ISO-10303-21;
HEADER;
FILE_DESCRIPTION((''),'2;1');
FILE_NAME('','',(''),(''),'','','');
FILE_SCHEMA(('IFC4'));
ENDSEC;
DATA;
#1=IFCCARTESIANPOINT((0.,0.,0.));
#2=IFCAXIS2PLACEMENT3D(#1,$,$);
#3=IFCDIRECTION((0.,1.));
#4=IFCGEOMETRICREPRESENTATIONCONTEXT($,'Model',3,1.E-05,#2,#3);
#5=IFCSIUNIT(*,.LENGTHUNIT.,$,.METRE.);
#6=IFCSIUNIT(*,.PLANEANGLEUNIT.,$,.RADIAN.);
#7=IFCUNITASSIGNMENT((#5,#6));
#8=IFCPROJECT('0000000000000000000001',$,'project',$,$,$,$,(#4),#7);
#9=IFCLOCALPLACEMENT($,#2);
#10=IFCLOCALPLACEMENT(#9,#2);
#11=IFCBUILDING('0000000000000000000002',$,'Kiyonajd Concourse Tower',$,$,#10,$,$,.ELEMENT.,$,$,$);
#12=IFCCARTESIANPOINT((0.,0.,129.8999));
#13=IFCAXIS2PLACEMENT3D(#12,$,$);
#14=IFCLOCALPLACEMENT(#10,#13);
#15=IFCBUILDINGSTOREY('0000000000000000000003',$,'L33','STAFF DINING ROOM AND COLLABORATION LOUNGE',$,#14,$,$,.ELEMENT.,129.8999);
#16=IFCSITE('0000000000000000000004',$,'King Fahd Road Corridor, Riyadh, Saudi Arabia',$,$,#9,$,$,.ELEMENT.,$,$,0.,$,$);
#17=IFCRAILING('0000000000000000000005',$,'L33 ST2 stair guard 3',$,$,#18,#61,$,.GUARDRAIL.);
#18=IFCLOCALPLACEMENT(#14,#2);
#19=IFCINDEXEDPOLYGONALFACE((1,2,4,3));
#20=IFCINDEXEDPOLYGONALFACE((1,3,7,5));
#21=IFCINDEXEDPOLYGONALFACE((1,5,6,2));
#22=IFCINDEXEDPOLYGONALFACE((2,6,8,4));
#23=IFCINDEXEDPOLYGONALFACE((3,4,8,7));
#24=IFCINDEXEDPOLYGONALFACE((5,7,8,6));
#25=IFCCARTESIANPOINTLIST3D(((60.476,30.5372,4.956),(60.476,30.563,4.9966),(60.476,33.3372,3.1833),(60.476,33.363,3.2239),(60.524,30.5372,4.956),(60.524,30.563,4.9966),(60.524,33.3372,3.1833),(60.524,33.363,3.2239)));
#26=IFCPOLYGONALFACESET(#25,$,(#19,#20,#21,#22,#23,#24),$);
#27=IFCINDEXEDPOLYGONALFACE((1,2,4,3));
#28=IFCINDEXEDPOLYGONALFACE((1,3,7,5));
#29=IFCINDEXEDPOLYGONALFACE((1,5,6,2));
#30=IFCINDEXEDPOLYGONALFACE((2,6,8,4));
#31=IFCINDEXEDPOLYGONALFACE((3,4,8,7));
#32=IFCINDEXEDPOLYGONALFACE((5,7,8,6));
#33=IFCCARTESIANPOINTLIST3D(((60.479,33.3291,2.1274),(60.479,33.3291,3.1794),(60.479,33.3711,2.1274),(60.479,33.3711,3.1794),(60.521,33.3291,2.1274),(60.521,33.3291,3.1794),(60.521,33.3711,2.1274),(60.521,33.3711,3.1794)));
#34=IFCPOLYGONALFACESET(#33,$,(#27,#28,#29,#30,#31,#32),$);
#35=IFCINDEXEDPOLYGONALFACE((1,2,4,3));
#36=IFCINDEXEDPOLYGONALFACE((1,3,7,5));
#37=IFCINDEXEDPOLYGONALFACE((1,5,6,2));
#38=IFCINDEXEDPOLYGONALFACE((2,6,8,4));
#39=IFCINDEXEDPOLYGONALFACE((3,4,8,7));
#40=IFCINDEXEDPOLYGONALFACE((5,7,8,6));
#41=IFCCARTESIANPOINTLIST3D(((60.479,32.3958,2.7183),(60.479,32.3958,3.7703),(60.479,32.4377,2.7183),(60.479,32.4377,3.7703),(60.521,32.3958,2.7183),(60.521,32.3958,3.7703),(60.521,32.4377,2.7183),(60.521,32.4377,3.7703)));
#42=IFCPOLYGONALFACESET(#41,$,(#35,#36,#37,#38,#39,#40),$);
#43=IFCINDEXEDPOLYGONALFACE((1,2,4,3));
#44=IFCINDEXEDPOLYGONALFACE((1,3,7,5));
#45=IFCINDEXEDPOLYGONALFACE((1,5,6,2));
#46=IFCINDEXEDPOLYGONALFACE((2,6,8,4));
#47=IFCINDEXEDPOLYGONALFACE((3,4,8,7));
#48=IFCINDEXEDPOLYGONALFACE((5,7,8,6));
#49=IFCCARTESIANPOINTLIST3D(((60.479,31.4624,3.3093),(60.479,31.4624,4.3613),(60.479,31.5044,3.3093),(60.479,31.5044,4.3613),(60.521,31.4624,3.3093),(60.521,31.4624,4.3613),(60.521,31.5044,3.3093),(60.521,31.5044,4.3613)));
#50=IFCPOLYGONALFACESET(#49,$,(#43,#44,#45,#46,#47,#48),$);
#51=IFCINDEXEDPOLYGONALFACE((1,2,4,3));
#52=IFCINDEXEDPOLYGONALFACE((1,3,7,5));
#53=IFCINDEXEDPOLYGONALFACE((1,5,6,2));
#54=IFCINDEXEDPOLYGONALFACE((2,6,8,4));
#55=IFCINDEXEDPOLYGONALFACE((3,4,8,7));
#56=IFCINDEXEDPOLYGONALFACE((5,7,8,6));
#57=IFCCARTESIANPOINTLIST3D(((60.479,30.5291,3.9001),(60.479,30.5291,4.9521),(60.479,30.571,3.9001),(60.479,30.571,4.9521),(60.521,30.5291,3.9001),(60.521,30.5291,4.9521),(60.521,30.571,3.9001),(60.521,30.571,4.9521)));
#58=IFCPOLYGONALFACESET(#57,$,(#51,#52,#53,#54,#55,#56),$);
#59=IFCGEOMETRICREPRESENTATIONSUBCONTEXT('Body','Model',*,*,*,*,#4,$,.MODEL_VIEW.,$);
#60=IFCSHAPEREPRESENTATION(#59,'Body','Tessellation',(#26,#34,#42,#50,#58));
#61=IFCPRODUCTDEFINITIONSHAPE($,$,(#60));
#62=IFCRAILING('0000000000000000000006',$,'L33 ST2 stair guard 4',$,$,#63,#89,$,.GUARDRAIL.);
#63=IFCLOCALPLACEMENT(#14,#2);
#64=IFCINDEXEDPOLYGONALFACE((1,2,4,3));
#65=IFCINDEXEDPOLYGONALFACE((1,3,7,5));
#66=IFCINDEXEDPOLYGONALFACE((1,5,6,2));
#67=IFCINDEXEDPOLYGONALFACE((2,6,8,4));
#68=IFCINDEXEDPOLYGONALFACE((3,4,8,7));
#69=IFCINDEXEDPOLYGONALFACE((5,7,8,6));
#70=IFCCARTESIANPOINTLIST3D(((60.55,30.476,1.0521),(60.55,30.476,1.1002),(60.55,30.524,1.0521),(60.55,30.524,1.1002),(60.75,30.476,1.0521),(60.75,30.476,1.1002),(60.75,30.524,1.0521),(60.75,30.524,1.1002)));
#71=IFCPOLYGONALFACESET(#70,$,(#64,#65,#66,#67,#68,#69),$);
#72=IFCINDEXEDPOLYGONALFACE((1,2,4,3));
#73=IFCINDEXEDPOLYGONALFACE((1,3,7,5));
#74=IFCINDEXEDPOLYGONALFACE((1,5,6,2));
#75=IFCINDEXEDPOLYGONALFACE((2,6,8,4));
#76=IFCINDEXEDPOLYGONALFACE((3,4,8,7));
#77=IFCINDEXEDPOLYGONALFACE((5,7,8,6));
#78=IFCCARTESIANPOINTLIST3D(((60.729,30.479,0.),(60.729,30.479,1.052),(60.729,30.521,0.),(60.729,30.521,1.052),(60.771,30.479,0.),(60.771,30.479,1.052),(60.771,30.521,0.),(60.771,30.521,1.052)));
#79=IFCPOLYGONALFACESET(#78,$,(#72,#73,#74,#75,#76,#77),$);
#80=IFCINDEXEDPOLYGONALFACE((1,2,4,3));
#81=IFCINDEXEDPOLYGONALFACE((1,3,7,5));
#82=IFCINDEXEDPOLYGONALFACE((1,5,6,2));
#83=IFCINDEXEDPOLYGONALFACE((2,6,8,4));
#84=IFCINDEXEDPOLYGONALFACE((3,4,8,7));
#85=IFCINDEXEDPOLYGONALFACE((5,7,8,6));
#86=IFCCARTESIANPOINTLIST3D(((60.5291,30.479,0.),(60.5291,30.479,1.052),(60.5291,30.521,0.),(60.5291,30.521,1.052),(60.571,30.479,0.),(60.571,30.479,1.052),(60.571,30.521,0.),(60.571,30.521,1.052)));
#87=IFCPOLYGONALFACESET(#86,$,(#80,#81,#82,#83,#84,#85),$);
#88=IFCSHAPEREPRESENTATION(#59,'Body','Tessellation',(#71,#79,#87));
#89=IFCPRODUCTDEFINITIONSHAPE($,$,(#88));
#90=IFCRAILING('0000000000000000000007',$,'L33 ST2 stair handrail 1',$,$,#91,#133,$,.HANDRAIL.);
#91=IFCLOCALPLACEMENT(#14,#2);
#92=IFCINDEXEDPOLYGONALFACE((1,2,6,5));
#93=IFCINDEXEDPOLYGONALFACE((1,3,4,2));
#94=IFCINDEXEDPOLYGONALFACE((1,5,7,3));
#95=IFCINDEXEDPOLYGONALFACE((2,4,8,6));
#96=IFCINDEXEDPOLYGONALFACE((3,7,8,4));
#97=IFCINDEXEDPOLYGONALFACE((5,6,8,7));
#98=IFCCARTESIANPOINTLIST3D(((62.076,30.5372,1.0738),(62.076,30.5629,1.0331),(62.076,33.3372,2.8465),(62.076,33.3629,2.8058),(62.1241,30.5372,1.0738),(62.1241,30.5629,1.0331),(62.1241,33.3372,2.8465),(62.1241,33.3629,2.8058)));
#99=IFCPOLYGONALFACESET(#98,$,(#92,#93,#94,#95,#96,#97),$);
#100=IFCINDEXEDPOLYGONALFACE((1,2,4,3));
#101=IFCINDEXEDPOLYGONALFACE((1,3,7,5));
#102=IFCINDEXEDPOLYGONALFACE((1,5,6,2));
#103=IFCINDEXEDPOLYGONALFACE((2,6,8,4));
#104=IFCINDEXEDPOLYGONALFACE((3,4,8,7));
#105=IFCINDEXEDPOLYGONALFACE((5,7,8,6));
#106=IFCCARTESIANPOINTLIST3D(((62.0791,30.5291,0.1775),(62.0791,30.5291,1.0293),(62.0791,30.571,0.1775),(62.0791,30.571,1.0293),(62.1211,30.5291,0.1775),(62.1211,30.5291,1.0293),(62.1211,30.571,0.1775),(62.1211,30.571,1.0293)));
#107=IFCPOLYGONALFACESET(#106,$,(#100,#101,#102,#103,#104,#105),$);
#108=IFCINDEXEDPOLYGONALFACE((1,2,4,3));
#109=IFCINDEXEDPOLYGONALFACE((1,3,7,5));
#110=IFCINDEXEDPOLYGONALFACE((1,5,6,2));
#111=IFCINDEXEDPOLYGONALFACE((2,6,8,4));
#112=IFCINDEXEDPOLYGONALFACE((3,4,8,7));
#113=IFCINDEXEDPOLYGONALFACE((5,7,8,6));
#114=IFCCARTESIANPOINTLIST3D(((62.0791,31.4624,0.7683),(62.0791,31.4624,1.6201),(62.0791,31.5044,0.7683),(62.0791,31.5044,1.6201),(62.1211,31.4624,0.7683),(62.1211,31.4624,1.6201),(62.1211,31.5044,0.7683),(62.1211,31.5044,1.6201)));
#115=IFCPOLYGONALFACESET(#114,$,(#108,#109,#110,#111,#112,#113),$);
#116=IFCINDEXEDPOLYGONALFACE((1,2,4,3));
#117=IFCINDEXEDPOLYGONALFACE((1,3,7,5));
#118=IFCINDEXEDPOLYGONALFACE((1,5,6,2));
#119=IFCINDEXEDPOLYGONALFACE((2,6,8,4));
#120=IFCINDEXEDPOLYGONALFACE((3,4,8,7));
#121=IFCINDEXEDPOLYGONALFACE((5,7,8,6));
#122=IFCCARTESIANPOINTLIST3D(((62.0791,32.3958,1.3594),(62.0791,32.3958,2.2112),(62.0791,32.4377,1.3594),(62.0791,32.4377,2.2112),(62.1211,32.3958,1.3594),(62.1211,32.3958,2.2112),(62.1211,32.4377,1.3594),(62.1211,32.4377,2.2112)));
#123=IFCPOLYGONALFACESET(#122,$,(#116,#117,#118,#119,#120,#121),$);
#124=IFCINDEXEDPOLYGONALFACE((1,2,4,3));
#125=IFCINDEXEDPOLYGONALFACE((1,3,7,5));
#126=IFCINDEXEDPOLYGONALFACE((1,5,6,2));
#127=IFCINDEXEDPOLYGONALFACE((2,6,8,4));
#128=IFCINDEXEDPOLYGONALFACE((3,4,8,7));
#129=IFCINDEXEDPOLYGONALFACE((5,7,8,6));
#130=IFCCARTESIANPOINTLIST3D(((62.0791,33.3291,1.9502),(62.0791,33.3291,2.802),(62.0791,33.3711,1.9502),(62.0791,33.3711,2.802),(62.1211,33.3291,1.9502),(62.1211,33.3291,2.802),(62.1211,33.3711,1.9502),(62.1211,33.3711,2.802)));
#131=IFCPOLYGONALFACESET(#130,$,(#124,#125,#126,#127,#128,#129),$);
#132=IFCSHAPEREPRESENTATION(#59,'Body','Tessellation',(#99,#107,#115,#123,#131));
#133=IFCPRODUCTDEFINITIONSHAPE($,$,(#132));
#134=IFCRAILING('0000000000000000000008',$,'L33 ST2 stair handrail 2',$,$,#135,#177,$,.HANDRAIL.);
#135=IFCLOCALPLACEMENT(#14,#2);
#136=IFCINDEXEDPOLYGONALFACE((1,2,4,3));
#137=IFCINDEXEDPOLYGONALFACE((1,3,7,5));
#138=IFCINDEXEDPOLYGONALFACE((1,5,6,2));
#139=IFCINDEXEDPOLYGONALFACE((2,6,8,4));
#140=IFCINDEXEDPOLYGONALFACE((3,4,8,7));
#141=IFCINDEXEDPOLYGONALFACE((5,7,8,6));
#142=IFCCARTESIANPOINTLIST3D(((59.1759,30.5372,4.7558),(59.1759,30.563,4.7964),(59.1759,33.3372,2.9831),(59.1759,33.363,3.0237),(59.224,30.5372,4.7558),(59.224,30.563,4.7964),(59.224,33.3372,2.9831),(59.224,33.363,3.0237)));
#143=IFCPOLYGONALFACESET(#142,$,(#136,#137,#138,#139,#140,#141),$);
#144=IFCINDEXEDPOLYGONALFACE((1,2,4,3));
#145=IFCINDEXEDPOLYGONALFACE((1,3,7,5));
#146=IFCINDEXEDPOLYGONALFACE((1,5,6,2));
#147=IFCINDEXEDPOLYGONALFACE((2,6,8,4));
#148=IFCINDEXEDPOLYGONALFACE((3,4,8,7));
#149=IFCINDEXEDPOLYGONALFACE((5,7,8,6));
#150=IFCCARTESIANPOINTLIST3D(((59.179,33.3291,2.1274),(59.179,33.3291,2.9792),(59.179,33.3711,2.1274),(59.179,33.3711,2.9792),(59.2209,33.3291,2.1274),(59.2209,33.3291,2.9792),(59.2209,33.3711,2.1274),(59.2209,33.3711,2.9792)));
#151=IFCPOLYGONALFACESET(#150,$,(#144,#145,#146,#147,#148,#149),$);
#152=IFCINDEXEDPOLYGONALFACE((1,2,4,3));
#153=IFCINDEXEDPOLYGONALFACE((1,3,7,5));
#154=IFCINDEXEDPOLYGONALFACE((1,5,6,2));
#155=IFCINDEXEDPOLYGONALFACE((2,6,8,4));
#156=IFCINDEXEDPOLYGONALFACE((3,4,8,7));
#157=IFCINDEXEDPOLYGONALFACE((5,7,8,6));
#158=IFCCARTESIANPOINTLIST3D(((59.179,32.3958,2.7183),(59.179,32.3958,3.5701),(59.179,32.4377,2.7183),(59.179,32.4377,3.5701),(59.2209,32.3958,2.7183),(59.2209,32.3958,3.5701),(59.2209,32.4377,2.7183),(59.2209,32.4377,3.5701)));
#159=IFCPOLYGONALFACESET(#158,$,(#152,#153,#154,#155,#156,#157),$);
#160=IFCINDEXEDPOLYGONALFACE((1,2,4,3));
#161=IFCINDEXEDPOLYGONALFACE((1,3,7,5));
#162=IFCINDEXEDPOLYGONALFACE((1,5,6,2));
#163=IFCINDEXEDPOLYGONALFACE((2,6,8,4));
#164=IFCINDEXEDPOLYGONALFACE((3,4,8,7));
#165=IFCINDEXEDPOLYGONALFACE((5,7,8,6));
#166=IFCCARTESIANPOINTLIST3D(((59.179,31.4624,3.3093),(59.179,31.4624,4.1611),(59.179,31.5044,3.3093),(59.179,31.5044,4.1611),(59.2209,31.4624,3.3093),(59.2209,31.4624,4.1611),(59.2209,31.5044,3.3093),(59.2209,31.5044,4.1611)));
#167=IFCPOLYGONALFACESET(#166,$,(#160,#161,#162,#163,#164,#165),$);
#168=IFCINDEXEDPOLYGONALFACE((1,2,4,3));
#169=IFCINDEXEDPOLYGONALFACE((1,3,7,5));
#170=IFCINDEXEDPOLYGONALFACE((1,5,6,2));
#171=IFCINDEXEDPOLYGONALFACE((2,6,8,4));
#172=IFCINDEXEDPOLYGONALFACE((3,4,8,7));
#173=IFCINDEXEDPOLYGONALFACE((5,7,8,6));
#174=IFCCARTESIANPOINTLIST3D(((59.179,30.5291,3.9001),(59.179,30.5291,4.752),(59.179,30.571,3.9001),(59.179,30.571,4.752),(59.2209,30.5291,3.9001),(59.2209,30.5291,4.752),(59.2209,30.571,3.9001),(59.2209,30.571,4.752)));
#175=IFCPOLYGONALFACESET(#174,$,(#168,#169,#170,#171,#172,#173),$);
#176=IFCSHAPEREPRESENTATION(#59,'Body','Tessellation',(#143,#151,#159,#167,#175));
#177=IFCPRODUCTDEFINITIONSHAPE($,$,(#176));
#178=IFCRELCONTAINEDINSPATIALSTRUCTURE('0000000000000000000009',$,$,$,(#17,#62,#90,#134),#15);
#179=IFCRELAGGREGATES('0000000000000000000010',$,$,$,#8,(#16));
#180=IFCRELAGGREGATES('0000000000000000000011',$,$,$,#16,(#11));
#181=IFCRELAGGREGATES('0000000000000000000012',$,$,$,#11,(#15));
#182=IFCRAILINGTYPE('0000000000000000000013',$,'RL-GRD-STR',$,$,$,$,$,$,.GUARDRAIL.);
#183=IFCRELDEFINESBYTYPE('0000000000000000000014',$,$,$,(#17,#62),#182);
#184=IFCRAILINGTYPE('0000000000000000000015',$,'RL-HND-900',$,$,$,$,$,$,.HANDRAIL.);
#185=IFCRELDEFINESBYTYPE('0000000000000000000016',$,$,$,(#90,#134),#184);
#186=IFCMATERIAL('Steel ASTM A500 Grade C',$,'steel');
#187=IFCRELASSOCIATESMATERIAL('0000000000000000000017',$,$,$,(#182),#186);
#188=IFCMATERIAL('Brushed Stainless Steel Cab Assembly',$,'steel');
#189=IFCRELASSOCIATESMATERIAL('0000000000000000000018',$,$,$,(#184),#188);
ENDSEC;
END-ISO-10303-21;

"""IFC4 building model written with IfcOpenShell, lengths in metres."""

from ifc_helpers import new_model, si_unit, direction, frame, origin, origin_2d, place, context, subcontext, project, spatial, rectangle, extrude, material, type_object, element, save


model = new_model("IFC4")

# Units and contexts
model_context = context("Model", 3, precision=1e-05, world=origin(), true_north=direction((0.0, 1.0)))
body_context = subcontext(model_context, "Body", "Model", "MODEL_VIEW")
ifc_project = project(units=[si_unit("LENGTHUNIT", "METRE"), si_unit("PLANEANGLEUNIT", "RADIAN")], contexts=[model_context])

# Site, building, storey
site_placement = place(None, origin())
site = spatial("IfcSite", under=ifc_project, at=site_placement, Name="King Fahd Road Corridor, Riyadh, Saudi Arabia", CompositionType="ELEMENT", RefElevation=0.0)
building_placement = place(site_placement, origin())
building = spatial("IfcBuilding", under=site, at=building_placement, Name="Kiyonajd Concourse Tower", CompositionType="ELEMENT")
storey_placement = place(building_placement, frame((0.0, 0.0, 129.8999)))
storey = spatial("IfcBuildingStorey", under=building, at=storey_placement, Name="L33", Description="STAFF DINING ROOM AND COLLABORATION LOUNGE", CompositionType="ELEMENT", Elevation=129.8999)

# Shared definitions
ifc_material_1 = material(Name="Brushed Stainless Steel Cab Assembly", Category="steel")

# Railings
ifc_material_2 = material(Name="Steel ASTM A500 Grade C", Category="steel")
railing_type_1 = type_object("IfcRailingType", Name="RL-GRD-STR", PredefinedType="GUARDRAIL", material=ifc_material_2)
railing_1_placement = place(storey_placement, frame((60.5, 33.3501, 2.1274)))
element("IfcRailing", 1, at=railing_1_placement, inside=storey, type_object=railing_type_1, Name="L33 ST2 stair guard 3", PredefinedType="GUARDRAIL", context=body_context, shape_type="SweptSolid", body=[
    extrude(rectangle(XDim=0.0481, YDim=0.0481, at=origin_2d()), frame((0.0, 0.0, 1.0762), z_axis=(0.0, -0.844909, 0.53491), x_axis=(1.0, 0.0, 0.0)), (0.0, 0.0, 1.0), 3.314),
    extrude(rectangle(XDim=0.042, YDim=0.042, at=origin_2d()), origin(), (0.0, 0.0, 1.0), 1.052),
    extrude(rectangle(XDim=0.042, YDim=0.042, at=origin_2d()), frame((0.0, -0.9333, 0.5908)), (0.0, 0.0, 1.0), 1.052),
    extrude(rectangle(XDim=0.042, YDim=0.042, at=origin_2d()), frame((0.0, -1.8667, 1.1819)), (0.0, 0.0, 1.0), 1.052),
    extrude(rectangle(XDim=0.042, YDim=0.042, at=origin_2d()), frame((0.0, -2.8, 1.7727)), (0.0, 0.0, 1.0), 1.052),
])
railing_2_placement = place(storey_placement, frame((60.75, 30.5, 0.0)))
element("IfcRailing", 2, at=railing_2_placement, inside=storey, type_object=railing_type_1, Name="L33 ST2 stair guard 4", PredefinedType="GUARDRAIL", context=body_context, shape_type="SweptSolid", body=[
    extrude(rectangle(XDim=0.0481, YDim=0.0481, at=origin_2d()), frame((0.0, 0.0, 1.0762), z_axis=(-1.0, 0.0, 0.0), x_axis=(0.0, -1.0, 0.0)), (0.0, 0.0, 1.0), 0.2),
    extrude(rectangle(XDim=0.042, YDim=0.042, at=origin_2d()), origin(), (0.0, 0.0, 1.0), 1.052),
    extrude(rectangle(XDim=0.042, YDim=0.042, at=origin_2d()), frame((-0.2, 0.0, 0.0)), (0.0, 0.0, 1.0), 1.052),
])
railing_type_2 = type_object("IfcRailingType", Name="RL-HND-900", PredefinedType="HANDRAIL", material=ifc_material_1)
railing_3_placement = place(storey_placement, frame((62.1001, 30.55, 0.1775)))
element("IfcRailing", 3, at=railing_3_placement, inside=storey, type_object=railing_type_2, Name="L33 ST2 stair handrail 1", PredefinedType="HANDRAIL", context=body_context, shape_type="SweptSolid", body=[
    extrude(rectangle(XDim=0.0481, YDim=0.0481, at=origin_2d()), frame((0.0, 0.0, 0.876), z_axis=(0.0, 0.844909, 0.53491), x_axis=(-1.0, 0.0, 0.0)), (0.0, 0.0, 1.0), 3.314),
    extrude(rectangle(XDim=0.042, YDim=0.042, at=origin_2d()), origin(), (0.0, 0.0, 1.0), 0.8518),
    extrude(rectangle(XDim=0.042, YDim=0.042, at=origin_2d()), frame((0.0, 0.9333, 0.5908)), (0.0, 0.0, 1.0), 0.8518),
    extrude(rectangle(XDim=0.042, YDim=0.042, at=origin_2d()), frame((0.0, 1.8667, 1.1819)), (0.0, 0.0, 1.0), 0.8518),
    extrude(rectangle(XDim=0.042, YDim=0.042, at=origin_2d()), frame((0.0, 2.8, 1.7727)), (0.0, 0.0, 1.0), 0.8518),
])
railing_4_placement = place(storey_placement, frame((59.2, 33.3501, 2.1274)))
element("IfcRailing", 4, at=railing_4_placement, inside=storey, type_object=railing_type_2, Name="L33 ST2 stair handrail 2", PredefinedType="HANDRAIL", context=body_context, shape_type="SweptSolid", body=[
    extrude(rectangle(XDim=0.0481, YDim=0.0481, at=origin_2d()), frame((0.0, 0.0, 0.876), z_axis=(0.0, -0.844909, 0.53491), x_axis=(1.0, 0.0, 0.0)), (0.0, 0.0, 1.0), 3.314),
    extrude(rectangle(XDim=0.042, YDim=0.042, at=origin_2d()), origin(), (0.0, 0.0, 1.0), 0.8518),
    extrude(rectangle(XDim=0.042, YDim=0.042, at=origin_2d()), frame((0.0, -0.9333, 0.5908)), (0.0, 0.0, 1.0), 0.8518),
    extrude(rectangle(XDim=0.042, YDim=0.042, at=origin_2d()), frame((0.0, -1.8667, 1.1819)), (0.0, 0.0, 1.0), 0.8518),
    extrude(rectangle(XDim=0.042, YDim=0.042, at=origin_2d()), frame((0.0, -2.8, 1.7727)), (0.0, 0.0, 1.0), 0.8518),
])

save(model, "model.ifc")
